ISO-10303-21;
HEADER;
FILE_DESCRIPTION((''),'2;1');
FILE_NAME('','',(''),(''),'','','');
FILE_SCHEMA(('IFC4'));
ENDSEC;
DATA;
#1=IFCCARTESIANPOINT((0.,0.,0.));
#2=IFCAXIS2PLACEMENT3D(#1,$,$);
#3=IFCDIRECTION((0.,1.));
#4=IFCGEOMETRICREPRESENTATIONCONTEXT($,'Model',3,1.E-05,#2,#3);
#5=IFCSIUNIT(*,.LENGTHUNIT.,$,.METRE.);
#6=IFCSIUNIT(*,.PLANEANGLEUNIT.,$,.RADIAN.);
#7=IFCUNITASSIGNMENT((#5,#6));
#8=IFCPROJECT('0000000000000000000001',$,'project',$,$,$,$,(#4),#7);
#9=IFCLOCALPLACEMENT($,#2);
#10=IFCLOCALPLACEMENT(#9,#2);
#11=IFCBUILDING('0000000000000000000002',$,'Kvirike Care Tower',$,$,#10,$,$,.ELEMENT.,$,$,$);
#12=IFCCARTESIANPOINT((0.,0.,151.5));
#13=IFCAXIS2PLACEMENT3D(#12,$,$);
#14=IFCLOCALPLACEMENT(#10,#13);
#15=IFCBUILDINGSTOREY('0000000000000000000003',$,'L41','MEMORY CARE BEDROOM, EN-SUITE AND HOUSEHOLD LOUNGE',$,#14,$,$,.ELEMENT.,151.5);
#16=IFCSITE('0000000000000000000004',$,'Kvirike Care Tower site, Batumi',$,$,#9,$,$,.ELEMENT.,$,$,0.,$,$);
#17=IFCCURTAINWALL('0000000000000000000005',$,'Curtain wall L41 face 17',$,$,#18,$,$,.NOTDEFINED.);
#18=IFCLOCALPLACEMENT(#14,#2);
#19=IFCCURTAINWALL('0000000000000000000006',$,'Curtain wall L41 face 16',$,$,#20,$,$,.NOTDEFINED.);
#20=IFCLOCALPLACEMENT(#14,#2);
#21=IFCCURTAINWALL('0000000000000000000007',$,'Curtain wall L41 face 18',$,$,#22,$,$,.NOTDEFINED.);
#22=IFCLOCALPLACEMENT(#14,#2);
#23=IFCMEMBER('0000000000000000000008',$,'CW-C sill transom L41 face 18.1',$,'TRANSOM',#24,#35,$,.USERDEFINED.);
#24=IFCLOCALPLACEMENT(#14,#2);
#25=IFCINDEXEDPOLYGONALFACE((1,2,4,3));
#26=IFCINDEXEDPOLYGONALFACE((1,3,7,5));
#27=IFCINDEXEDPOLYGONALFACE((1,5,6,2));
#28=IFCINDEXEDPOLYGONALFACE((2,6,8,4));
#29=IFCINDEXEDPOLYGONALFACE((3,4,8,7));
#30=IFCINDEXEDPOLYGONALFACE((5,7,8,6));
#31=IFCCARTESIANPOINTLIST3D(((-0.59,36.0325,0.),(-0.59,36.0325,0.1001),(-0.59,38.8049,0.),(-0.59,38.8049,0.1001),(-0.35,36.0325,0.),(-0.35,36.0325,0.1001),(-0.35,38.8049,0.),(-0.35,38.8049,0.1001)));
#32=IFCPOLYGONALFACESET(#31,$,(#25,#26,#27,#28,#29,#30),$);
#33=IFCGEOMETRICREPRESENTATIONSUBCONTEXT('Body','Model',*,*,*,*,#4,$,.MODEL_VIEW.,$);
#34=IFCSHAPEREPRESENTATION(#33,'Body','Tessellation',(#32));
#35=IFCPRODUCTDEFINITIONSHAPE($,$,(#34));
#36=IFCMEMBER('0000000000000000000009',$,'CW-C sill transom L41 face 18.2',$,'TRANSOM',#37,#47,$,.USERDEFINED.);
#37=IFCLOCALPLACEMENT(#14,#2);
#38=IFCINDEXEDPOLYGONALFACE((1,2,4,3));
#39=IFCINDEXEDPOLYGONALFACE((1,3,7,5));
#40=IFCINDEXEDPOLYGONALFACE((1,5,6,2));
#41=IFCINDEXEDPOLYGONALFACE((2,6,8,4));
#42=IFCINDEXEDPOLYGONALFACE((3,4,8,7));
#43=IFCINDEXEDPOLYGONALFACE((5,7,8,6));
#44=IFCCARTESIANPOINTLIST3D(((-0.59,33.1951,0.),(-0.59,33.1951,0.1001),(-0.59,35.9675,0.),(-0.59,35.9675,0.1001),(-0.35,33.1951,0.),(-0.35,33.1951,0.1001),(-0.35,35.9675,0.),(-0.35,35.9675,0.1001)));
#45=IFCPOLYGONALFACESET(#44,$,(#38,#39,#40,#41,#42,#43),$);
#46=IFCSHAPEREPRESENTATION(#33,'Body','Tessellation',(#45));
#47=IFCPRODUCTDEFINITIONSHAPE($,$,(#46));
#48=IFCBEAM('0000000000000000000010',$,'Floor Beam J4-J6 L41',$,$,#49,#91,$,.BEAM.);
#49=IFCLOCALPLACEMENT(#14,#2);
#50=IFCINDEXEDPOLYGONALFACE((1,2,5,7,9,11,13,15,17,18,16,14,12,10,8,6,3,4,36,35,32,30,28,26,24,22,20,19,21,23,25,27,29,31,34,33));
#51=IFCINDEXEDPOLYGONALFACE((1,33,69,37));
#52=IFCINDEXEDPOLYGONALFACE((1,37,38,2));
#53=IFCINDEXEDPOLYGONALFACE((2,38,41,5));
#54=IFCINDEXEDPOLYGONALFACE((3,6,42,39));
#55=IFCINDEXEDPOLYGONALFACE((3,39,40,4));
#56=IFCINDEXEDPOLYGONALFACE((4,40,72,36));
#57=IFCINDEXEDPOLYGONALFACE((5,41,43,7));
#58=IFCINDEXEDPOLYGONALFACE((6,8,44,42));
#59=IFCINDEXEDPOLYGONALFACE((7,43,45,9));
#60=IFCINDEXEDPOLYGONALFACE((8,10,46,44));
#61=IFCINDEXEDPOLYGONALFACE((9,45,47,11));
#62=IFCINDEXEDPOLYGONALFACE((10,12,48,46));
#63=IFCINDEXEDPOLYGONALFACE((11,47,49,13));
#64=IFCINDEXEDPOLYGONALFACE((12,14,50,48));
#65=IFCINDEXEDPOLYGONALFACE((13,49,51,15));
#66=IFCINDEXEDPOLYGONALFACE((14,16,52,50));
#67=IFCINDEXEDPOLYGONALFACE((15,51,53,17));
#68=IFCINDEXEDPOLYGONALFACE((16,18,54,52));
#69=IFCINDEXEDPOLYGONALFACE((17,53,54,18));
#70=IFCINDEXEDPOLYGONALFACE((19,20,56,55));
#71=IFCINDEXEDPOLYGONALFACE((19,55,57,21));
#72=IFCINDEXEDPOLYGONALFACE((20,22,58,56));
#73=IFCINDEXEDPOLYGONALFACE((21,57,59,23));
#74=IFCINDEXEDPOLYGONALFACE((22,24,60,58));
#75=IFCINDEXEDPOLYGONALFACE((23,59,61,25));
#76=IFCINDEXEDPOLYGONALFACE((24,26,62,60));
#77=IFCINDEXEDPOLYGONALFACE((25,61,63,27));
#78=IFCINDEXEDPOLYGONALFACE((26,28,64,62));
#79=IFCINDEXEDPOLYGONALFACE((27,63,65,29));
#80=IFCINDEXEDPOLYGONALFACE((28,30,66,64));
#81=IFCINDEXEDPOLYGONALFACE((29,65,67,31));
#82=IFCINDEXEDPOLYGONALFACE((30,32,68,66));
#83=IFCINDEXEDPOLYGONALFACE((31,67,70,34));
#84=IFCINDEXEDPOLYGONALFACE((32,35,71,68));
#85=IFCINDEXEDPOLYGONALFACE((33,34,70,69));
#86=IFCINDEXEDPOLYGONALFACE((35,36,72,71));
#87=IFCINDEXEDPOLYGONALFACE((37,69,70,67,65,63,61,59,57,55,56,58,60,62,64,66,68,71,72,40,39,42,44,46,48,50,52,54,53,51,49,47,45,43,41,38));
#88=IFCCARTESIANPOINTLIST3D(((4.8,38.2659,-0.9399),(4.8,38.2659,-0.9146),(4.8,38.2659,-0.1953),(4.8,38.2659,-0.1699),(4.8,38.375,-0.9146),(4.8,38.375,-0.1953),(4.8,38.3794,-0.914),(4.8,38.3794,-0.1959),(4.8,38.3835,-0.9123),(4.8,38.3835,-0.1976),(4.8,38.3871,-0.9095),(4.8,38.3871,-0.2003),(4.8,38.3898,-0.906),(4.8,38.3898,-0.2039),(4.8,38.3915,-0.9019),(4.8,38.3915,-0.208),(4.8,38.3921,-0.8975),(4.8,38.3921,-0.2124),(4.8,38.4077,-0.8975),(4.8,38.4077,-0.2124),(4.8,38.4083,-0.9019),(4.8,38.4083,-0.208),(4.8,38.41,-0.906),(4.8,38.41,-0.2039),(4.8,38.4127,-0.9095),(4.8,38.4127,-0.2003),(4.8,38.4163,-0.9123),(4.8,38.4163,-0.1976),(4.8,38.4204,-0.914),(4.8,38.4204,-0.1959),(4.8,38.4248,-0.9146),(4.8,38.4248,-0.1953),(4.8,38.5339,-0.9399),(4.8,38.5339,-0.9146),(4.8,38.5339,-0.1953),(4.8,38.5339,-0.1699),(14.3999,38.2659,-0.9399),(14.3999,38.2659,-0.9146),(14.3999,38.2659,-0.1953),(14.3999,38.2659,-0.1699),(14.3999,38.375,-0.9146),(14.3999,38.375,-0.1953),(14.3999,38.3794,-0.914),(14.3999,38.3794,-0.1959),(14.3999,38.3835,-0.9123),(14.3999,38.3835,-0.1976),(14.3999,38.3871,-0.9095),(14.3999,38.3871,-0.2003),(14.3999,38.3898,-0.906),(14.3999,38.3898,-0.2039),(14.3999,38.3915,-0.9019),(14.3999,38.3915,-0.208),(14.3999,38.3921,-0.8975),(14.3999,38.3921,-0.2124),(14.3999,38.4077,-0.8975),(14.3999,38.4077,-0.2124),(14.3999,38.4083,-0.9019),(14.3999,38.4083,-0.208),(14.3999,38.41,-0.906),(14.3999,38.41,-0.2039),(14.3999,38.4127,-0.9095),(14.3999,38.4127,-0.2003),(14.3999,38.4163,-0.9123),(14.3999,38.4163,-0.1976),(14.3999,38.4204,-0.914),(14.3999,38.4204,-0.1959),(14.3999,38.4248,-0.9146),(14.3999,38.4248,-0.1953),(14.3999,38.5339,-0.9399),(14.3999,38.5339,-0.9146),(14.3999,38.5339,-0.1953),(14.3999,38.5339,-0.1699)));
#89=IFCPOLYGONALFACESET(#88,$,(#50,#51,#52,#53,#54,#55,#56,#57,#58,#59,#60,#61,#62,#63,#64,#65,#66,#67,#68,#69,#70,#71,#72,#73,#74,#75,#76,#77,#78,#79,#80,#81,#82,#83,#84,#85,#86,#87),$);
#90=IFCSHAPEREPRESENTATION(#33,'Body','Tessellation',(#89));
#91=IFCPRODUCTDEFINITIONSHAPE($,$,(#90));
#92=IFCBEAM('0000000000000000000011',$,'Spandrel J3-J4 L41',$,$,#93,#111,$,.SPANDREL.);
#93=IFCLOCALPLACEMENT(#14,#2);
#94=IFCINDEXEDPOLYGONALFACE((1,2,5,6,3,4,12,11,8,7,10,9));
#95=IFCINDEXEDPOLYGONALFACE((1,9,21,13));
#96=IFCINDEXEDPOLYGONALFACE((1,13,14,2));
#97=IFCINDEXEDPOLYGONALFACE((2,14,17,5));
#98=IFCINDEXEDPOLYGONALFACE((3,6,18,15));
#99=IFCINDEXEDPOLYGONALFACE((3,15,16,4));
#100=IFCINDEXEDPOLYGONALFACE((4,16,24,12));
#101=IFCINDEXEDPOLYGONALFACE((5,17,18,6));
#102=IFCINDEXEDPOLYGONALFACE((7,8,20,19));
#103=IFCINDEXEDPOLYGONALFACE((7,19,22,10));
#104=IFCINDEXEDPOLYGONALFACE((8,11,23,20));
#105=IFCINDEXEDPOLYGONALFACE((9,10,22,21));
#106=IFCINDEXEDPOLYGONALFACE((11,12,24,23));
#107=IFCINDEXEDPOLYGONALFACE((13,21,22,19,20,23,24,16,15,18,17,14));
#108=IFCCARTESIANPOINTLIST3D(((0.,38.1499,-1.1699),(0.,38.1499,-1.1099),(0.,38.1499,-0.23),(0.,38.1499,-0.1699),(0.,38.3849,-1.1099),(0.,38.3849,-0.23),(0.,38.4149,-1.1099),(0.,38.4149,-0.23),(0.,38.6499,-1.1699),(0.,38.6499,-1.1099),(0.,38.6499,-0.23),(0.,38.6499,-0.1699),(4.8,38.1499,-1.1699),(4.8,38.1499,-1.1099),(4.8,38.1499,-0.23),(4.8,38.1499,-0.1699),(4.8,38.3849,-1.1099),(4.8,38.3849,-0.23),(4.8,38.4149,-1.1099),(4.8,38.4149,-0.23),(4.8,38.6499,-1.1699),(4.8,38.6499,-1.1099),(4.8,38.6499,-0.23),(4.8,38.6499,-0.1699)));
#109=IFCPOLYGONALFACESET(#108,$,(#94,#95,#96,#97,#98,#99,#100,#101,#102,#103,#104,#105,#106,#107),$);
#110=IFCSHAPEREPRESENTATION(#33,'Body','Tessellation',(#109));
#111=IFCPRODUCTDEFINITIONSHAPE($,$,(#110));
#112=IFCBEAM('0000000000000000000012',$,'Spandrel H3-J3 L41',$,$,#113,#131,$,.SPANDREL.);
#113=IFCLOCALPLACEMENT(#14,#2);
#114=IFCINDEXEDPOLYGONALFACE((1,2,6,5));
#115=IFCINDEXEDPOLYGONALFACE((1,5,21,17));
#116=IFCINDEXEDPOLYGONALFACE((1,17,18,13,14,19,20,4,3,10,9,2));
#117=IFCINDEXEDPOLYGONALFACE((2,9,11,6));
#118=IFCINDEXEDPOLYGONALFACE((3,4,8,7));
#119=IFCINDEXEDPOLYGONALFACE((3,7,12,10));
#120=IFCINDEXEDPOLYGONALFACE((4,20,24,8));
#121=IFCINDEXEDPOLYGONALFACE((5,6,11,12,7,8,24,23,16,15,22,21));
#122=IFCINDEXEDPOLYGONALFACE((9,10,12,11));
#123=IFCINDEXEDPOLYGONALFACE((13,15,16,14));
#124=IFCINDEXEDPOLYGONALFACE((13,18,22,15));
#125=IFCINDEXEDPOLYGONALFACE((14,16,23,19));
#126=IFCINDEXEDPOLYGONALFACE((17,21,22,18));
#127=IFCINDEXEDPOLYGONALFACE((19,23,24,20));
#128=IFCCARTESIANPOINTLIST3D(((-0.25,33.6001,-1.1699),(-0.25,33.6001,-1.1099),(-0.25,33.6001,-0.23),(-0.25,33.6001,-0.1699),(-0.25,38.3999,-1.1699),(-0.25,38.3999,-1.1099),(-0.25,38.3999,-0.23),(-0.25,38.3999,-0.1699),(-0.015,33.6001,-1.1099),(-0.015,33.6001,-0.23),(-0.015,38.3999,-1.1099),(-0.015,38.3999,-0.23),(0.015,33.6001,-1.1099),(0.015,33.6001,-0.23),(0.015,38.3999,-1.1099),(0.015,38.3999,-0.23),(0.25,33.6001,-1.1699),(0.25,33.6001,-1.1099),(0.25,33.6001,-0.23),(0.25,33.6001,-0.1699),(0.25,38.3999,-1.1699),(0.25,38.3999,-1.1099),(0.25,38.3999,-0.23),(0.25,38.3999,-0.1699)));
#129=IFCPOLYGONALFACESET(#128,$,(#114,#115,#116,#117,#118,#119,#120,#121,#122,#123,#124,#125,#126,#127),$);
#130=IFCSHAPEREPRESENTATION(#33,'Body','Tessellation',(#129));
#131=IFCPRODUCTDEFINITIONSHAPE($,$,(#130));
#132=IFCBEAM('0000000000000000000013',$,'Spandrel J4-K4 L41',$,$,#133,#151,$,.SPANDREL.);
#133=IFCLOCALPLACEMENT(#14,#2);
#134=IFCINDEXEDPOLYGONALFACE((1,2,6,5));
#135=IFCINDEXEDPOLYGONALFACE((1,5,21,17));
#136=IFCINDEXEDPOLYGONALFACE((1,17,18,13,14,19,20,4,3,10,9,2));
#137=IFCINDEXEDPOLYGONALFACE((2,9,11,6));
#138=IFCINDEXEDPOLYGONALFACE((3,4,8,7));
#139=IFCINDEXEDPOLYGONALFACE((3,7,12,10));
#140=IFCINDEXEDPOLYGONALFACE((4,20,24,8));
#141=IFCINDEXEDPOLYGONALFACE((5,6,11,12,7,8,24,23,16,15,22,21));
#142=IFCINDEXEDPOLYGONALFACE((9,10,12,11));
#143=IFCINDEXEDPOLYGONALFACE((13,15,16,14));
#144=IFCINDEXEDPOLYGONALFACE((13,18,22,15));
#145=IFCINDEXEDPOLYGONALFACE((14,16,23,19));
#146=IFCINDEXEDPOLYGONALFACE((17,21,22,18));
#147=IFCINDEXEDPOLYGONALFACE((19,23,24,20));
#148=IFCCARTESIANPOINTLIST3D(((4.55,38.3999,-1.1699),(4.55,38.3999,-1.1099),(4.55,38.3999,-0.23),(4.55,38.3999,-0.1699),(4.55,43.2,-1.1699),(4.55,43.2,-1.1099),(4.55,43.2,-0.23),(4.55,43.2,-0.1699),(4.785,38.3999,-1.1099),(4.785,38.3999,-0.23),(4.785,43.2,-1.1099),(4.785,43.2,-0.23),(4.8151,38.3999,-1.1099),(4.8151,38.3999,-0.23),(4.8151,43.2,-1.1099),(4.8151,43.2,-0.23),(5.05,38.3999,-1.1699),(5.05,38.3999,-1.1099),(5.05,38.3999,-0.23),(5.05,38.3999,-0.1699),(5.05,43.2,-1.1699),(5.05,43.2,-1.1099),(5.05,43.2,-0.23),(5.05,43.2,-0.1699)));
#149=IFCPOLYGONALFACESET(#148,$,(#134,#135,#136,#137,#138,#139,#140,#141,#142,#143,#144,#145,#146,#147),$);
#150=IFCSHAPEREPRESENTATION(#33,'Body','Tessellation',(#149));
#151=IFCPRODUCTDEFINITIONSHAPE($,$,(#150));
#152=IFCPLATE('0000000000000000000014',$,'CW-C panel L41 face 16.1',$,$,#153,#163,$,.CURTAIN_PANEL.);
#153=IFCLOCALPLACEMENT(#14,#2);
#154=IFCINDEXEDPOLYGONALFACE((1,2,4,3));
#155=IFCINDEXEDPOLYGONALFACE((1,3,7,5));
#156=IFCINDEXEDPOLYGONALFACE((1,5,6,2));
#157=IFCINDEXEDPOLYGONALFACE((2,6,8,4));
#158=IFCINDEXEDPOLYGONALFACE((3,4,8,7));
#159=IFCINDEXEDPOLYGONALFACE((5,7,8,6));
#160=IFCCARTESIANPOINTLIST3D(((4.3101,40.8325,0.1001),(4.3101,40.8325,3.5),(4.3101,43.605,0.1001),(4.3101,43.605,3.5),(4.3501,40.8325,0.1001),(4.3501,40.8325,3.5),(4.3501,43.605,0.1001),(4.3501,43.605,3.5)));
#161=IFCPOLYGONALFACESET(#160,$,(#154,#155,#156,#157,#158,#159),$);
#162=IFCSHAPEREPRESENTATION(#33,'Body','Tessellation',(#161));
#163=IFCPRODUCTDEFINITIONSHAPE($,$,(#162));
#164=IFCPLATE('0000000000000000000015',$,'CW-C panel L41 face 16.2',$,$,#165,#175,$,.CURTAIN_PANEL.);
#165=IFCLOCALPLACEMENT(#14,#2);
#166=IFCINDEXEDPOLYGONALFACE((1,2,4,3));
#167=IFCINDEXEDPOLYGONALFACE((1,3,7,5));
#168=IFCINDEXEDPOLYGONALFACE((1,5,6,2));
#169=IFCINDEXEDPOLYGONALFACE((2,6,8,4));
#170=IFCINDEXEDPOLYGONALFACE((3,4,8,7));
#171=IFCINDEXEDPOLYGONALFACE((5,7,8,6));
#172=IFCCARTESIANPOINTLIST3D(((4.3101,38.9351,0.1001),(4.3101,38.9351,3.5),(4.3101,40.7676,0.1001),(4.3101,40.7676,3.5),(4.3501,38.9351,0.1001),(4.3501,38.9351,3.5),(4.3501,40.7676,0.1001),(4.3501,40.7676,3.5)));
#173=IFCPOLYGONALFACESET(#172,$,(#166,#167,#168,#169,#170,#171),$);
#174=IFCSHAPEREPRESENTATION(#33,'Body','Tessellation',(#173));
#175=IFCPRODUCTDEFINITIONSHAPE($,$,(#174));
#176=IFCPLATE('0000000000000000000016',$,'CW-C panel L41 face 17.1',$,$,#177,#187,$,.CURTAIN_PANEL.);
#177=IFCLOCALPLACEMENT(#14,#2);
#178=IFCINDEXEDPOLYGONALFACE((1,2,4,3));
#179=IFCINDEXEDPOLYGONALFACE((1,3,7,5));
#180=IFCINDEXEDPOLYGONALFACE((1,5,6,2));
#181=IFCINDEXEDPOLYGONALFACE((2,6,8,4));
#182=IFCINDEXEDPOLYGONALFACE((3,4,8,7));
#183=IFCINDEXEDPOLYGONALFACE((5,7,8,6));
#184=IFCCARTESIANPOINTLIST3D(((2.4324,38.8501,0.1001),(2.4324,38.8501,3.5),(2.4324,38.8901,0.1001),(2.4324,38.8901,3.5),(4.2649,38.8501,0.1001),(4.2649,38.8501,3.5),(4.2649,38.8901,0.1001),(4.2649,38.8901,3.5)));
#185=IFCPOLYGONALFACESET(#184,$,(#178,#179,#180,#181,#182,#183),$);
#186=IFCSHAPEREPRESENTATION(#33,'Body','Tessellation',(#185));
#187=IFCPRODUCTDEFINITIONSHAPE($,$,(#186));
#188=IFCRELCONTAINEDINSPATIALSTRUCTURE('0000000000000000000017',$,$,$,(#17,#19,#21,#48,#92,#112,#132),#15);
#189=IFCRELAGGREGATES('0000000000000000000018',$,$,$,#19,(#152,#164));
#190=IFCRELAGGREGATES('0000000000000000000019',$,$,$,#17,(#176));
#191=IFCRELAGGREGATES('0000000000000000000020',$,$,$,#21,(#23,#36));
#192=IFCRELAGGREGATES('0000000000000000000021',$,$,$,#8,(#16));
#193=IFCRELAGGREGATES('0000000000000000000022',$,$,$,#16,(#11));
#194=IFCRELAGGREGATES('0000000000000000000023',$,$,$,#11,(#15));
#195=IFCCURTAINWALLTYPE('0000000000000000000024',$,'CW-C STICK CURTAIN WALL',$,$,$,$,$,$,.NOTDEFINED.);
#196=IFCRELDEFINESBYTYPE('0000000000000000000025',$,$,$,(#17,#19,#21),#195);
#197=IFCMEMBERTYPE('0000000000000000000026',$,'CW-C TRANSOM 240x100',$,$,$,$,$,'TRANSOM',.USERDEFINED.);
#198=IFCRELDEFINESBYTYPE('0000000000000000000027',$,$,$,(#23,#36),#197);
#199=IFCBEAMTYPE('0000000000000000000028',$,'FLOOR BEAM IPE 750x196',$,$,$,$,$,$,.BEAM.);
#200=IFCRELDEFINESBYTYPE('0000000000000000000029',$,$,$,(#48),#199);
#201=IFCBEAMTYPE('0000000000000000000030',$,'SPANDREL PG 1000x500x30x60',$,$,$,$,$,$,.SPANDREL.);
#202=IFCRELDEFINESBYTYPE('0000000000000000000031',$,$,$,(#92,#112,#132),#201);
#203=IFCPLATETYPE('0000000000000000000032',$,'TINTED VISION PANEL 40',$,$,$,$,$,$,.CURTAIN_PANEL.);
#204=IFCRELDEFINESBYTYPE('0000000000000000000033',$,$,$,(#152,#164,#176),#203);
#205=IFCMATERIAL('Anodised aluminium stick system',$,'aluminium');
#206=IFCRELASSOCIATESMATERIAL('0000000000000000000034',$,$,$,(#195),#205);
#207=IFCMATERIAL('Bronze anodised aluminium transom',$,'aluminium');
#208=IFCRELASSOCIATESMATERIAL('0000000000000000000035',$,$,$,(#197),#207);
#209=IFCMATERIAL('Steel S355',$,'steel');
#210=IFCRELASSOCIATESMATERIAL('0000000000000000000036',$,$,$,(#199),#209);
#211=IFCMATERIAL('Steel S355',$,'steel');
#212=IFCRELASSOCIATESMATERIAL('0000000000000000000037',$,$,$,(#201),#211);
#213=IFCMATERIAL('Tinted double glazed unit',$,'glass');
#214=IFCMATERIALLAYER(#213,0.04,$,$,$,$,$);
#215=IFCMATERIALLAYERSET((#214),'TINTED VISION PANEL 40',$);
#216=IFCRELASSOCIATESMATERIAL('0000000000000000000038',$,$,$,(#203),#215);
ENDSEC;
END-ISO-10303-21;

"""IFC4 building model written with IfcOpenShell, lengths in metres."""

from ifc_helpers import new_model, si_unit, direction, frame, origin, origin_2d, place, context, subcontext, project, spatial, rectangle, i_section, extrude, material, layer, layer_set, material_profile, profile_set, type_object, element, aggregate, save


model = new_model("IFC4")

# Units and contexts
model_context = context("Model", 3, precision=1e-05, world=origin(), true_north=direction((0.0, 1.0)))
body_context = subcontext(model_context, "Body", "Model", "MODEL_VIEW")
ifc_project = project(units=[si_unit("LENGTHUNIT", "METRE"), si_unit("PLANEANGLEUNIT", "RADIAN")], contexts=[model_context])

# Site, building, storey
site_placement = place(None, origin())
site = spatial("IfcSite", under=ifc_project, at=site_placement, Name="Kvirike Care Tower site, Batumi", CompositionType="ELEMENT", RefElevation=0.0)
building_placement = place(site_placement, origin())
building = spatial("IfcBuilding", under=site, at=building_placement, Name="Kvirike Care Tower", CompositionType="ELEMENT")
storey_placement = place(building_placement, frame((0.0, 0.0, 151.5)))
storey = spatial("IfcBuildingStorey", under=building, at=storey_placement, Name="L41", Description="MEMORY CARE BEDROOM, EN-SUITE AND HOUSEHOLD LOUNGE", CompositionType="ELEMENT", Elevation=151.5)

# Curtain wall
ifc_material_1 = material(Name="Anodised aluminium stick system", Category="aluminium")
curtain_wall_type = type_object("IfcCurtainWallType", Name="CW-C STICK CURTAIN WALL", PredefinedType="NOTDEFINED", material=ifc_material_1)
curtain_wall_1_placement = place(storey_placement, origin())
curtain_wall_1 = element("IfcCurtainWall", 1, at=curtain_wall_1_placement, inside=storey, type_object=curtain_wall_type, Name="Curtain wall L41 face 17", PredefinedType="NOTDEFINED")

# Curtain wall
curtain_wall_2_placement = place(storey_placement, origin())
curtain_wall_2 = element("IfcCurtainWall", 2, at=curtain_wall_2_placement, inside=storey, type_object=curtain_wall_type, Name="Curtain wall L41 face 16", PredefinedType="NOTDEFINED")

# Curtain wall
curtain_wall_3_placement = place(storey_placement, origin())
curtain_wall_3 = element("IfcCurtainWall", 3, at=curtain_wall_3_placement, inside=storey, type_object=curtain_wall_type, Name="Curtain wall L41 face 18", PredefinedType="NOTDEFINED")

# Members
ifc_material_2 = material(Name="Bronze anodised aluminium transom", Category="aluminium")
ifc_material_profile_1 = material_profile(ifc_material_2, rectangle(XDim=0.24, YDim=0.1001, at=origin_2d()), Name="CW-C TRANSOM 240x100")
ifc_profile_set_1 = profile_set([ifc_material_profile_1], Name="Bronze anodised aluminium transom")
member_type_1 = type_object("IfcMemberType", Name="CW-C TRANSOM 240x100", ElementType="TRANSOM", PredefinedType="USERDEFINED", material=ifc_profile_set_1)
member_1_placement = place(storey_placement, frame((-0.47, 38.8049, 0.05), z_axis=(0.0, -1.0, 0.0), x_axis=(1.0, 0.0, 0.0)))
member_1 = element("IfcMember", 4, at=member_1_placement, type_object=member_type_1, Name="CW-C sill transom L41 face 18.1", ObjectType="TRANSOM", PredefinedType="USERDEFINED", context=body_context, shape_type="SweptSolid", body=[
    extrude(rectangle(XDim=0.24, YDim=0.1001, at=origin_2d()), origin(), (0.0, 0.0, 1.0), 2.7725),
])
member_2_placement = place(storey_placement, frame((-0.47, 35.9675, 0.05), z_axis=(0.0, -1.0, 0.0), x_axis=(1.0, 0.0, 0.0)))
member_2 = element("IfcMember", 5, at=member_2_placement, type_object=member_type_1, Name="CW-C sill transom L41 face 18.2", ObjectType="TRANSOM", PredefinedType="USERDEFINED", context=body_context, shape_type="SweptSolid", body=[
    extrude(rectangle(XDim=0.24, YDim=0.1001, at=origin_2d()), origin(), (0.0, 0.0, 1.0), 2.7725),
])

# Beams
ifc_material_3 = material(Name="Steel S355", Category="steel")
ifc_material_profile_2 = material_profile(ifc_material_3, i_section(OverallWidth=0.2681, OverallDepth=0.77, WebThickness=0.0156, FlangeThickness=0.0254, FilletRadius=0.0171, at=origin_2d()), Name="IPE 750x196")
ifc_profile_set_2 = profile_set([ifc_material_profile_2], Name="Steel S355")
beam_type_1 = type_object("IfcBeamType", Name="FLOOR BEAM IPE 750x196", PredefinedType="BEAM", material=ifc_profile_set_2)
beam_1_placement = place(storey_placement, frame((4.8, 38.3999, -0.5549), z_axis=(1.0, 0.0, 0.0), x_axis=(0.0, 1.0, 0.0)))
element("IfcBeam", 6, at=beam_1_placement, inside=storey, type_object=beam_type_1, Name="Floor Beam J4-J6 L41", PredefinedType="BEAM", context=body_context, shape_type="SweptSolid", body=[
    extrude(i_section(OverallWidth=0.2681, OverallDepth=0.77, WebThickness=0.0156, FlangeThickness=0.0254, FilletRadius=0.0171, at=origin_2d()), origin(), (0.0, 0.0, 1.0), 9.5999),
])
ifc_material_4 = material(Name="Steel S355", Category="steel")
ifc_material_profile_3 = material_profile(ifc_material_4, i_section(OverallWidth=0.5, OverallDepth=1.0, WebThickness=0.03, FlangeThickness=0.0601, at=origin_2d()), Name="PG 1000x500x30x60")
ifc_profile_set_3 = profile_set([ifc_material_profile_3], Name="Steel S355")
beam_type_2 = type_object("IfcBeamType", Name="SPANDREL PG 1000x500x30x60", PredefinedType="SPANDREL", material=ifc_profile_set_3)
beam_2_placement = place(storey_placement, frame((0.0, 38.3999, -0.6699), z_axis=(1.0, 0.0, 0.0), x_axis=(0.0, 1.0, 0.0)))
element("IfcBeam", 7, at=beam_2_placement, inside=storey, type_object=beam_type_2, Name="Spandrel J3-J4 L41", PredefinedType="SPANDREL", context=body_context, shape_type="SweptSolid", body=[
    extrude(i_section(OverallWidth=0.5, OverallDepth=1.0, WebThickness=0.03, FlangeThickness=0.0601, at=origin_2d()), origin(), (0.0, 0.0, 1.0), 4.8),
])
beam_3_placement = place(storey_placement, frame((0.0, 33.6001, -0.6699), z_axis=(0.0, 1.0, 0.0), x_axis=(-1.0, 0.0, 0.0)))
element("IfcBeam", 8, at=beam_3_placement, inside=storey, type_object=beam_type_2, Name="Spandrel H3-J3 L41", PredefinedType="SPANDREL", context=body_context, shape_type="SweptSolid", body=[
    extrude(i_section(OverallWidth=0.5, OverallDepth=1.0, WebThickness=0.03, FlangeThickness=0.0601, at=origin_2d()), origin(), (0.0, 0.0, 1.0), 4.7998),
])
beam_4_placement = place(storey_placement, frame((4.8, 38.3999, -0.6699), z_axis=(0.0, 1.0, 0.0), x_axis=(-1.0, 0.0, 0.0)))
element("IfcBeam", 9, at=beam_4_placement, inside=storey, type_object=beam_type_2, Name="Spandrel J4-K4 L41", PredefinedType="SPANDREL", context=body_context, shape_type="SweptSolid", body=[
    extrude(i_section(OverallWidth=0.5, OverallDepth=1.0, WebThickness=0.03, FlangeThickness=0.0601, at=origin_2d()), origin(), (0.0, 0.0, 1.0), 4.8),
])

# Plates
ifc_material_5 = material(Name="Tinted double glazed unit", Category="glass")
ifc_layer_1 = layer(ifc_material_5, 0.04)
ifc_layer_set_1 = layer_set([ifc_layer_1], Name="TINTED VISION PANEL 40")
plate_type = type_object("IfcPlateType", Name="TINTED VISION PANEL 40", PredefinedType="CURTAIN_PANEL", material=ifc_layer_set_1)
plate_1_placement = place(storey_placement, frame((4.3301, 42.2188, 0.1001), z_axis=(0.0, 0.0, 1.0), x_axis=(0.0, -1.0, 0.0)))
plate_1 = element("IfcPlate", 10, at=plate_1_placement, type_object=plate_type, Name="CW-C panel L41 face 16.1", PredefinedType="CURTAIN_PANEL", context=body_context, shape_type="SweptSolid", body=[
    extrude(rectangle(XDim=2.7725, YDim=0.04, at=origin_2d()), origin(), (0.0, 0.0, 1.0), 3.3999),
])
plate_2_placement = place(storey_placement, frame((4.3301, 39.8513, 0.1001), z_axis=(0.0, 0.0, 1.0), x_axis=(0.0, -1.0, 0.0)))
plate_2 = element("IfcPlate", 11, at=plate_2_placement, type_object=plate_type, Name="CW-C panel L41 face 16.2", PredefinedType="CURTAIN_PANEL", context=body_context, shape_type="SweptSolid", body=[
    extrude(rectangle(XDim=1.8325, YDim=0.04, at=origin_2d()), origin(), (0.0, 0.0, 1.0), 3.3999),
])
aggregate(curtain_wall_2, [plate_1, plate_2])
plate_3_placement = place(storey_placement, frame((3.3486, 38.8701, 0.1001), z_axis=(0.0, 0.0, 1.0), x_axis=(-1.0, 0.0, 0.0)))
plate_3 = element("IfcPlate", 12, at=plate_3_placement, type_object=plate_type, Name="CW-C panel L41 face 17.1", PredefinedType="CURTAIN_PANEL", context=body_context, shape_type="SweptSolid", body=[
    extrude(rectangle(XDim=1.8325, YDim=0.04, at=origin_2d()), origin(), (0.0, 0.0, 1.0), 3.3999),
])
aggregate(curtain_wall_1, [plate_3])
aggregate(curtain_wall_3, [member_1, member_2])

save(model, "model.ifc")
